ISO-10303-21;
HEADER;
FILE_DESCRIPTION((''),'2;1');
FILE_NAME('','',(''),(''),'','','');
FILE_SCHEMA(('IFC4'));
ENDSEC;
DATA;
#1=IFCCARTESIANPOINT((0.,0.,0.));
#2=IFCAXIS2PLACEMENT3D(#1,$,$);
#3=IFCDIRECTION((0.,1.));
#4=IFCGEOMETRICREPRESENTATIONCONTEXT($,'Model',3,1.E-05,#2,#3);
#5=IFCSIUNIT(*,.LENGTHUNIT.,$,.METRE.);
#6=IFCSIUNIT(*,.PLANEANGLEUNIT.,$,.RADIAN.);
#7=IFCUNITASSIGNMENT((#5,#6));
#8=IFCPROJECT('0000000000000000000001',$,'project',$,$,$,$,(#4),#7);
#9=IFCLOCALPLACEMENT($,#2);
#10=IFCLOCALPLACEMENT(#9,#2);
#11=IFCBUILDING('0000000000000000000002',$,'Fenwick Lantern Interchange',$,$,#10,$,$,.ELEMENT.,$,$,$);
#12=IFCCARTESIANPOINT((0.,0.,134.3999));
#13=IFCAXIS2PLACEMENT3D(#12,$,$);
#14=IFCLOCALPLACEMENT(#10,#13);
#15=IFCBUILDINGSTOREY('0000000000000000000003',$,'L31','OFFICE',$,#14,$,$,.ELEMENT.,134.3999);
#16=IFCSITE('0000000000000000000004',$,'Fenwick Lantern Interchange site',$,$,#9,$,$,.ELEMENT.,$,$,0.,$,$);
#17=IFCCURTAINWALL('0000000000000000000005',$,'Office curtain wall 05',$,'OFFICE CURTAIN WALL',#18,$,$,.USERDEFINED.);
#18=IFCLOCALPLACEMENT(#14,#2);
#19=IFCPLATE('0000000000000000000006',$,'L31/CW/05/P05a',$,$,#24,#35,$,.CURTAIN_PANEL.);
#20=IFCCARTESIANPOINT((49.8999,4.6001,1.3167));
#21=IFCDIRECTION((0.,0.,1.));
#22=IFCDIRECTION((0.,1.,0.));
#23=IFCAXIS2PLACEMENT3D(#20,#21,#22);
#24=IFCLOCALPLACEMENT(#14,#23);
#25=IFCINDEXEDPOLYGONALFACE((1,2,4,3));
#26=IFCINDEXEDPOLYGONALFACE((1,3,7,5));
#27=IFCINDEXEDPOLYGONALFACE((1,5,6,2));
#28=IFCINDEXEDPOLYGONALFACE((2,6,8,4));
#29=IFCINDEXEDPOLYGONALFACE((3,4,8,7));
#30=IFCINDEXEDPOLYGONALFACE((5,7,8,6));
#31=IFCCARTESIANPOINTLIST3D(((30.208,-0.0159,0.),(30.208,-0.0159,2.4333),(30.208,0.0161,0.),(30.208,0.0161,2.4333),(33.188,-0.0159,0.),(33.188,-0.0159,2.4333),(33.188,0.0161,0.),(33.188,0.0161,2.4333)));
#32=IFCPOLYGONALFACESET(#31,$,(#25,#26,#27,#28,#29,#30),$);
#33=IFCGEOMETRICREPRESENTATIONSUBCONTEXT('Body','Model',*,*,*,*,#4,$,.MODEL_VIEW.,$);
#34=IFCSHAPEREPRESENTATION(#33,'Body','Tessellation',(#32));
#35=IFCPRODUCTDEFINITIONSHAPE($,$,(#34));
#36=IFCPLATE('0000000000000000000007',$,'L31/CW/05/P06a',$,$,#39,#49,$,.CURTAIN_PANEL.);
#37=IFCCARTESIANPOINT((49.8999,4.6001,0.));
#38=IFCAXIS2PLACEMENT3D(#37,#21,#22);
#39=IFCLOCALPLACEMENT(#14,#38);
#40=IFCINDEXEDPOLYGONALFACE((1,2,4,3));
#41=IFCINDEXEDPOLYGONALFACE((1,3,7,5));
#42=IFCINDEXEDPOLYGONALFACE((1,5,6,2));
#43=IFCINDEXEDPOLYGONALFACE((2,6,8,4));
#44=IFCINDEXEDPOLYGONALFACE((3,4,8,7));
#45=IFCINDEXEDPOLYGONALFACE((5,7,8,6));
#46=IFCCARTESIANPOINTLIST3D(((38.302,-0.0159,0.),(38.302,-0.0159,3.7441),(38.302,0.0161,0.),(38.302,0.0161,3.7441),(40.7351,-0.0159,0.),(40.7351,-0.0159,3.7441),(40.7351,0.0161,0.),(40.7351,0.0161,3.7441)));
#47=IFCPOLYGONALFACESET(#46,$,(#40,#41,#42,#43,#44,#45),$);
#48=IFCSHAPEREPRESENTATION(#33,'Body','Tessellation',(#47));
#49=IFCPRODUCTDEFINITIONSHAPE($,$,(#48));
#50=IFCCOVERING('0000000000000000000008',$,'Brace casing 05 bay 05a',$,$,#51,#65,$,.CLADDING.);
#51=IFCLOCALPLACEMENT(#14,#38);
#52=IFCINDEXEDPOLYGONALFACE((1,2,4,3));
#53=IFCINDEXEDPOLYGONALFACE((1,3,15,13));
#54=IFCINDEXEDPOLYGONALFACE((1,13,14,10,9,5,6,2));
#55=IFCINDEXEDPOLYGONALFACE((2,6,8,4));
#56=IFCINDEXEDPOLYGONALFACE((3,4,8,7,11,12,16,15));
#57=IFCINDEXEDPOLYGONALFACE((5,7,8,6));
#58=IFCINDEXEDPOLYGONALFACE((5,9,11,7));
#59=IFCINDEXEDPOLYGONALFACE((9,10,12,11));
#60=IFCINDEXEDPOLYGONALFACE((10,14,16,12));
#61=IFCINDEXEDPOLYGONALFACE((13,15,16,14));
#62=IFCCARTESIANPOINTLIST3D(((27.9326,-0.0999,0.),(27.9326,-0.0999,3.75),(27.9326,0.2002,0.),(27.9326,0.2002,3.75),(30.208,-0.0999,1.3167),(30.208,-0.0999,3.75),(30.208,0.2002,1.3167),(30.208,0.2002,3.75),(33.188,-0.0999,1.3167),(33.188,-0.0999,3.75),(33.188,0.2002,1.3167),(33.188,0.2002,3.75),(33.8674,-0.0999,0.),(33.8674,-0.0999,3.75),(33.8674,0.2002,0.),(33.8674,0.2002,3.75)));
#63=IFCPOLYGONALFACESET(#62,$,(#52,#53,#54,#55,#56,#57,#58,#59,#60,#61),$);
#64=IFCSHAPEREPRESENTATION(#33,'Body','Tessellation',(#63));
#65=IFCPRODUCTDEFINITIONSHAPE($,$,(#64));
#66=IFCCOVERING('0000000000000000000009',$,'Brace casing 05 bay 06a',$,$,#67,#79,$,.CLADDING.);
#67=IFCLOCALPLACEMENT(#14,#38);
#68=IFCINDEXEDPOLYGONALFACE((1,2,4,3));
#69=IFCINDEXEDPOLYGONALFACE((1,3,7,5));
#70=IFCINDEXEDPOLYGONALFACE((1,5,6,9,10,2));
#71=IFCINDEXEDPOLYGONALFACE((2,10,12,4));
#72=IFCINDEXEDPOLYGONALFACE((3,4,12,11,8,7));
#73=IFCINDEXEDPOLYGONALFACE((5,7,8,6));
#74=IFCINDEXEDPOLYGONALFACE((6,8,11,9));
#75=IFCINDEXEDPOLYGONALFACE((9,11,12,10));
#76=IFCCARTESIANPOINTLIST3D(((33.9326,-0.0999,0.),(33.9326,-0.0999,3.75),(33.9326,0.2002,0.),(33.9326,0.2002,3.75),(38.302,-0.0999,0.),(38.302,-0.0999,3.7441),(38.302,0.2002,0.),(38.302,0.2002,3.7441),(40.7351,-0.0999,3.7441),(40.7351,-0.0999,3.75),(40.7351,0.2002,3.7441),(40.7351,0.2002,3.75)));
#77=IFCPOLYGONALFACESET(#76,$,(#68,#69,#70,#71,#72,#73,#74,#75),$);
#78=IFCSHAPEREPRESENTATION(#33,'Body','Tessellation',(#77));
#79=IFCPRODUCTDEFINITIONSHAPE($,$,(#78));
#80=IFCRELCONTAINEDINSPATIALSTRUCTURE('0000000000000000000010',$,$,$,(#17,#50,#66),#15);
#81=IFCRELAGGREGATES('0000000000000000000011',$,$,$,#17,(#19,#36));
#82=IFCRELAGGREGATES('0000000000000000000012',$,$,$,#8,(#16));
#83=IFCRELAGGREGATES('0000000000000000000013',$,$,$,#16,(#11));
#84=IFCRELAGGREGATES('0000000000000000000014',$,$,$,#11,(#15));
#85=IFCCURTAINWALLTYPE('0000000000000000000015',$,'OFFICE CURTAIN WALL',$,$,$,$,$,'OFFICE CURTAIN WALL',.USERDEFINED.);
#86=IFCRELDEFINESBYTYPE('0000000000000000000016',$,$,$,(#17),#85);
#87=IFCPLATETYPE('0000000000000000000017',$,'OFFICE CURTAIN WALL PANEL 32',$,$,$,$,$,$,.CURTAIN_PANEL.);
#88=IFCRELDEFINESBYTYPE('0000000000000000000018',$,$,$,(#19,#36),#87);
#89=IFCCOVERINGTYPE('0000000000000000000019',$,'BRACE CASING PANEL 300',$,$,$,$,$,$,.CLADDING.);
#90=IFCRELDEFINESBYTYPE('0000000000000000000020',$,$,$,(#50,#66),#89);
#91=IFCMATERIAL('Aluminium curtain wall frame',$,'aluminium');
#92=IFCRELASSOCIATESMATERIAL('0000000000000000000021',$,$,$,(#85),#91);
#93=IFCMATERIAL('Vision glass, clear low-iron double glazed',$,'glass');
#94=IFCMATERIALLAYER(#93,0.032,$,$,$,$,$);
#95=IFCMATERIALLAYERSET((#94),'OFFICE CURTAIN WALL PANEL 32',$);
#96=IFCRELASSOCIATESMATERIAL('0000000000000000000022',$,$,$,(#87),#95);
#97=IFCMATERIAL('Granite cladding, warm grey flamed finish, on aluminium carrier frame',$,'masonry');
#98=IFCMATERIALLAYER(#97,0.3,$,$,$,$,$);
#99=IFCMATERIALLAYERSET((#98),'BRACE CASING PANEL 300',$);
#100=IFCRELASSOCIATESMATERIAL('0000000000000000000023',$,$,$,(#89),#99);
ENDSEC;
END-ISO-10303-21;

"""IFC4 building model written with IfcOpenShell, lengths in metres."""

from ifc_helpers import new_model, si_unit, direction, frame, origin, place, context, subcontext, project, spatial, polyline, outline, extrude, material, layer, layer_set, type_object, element, aggregate, save


model = new_model("IFC4")

# Units and contexts
model_context = context("Model", 3, precision=1e-05, world=origin(), true_north=direction((0.0, 1.0)))
body_context = subcontext(model_context, "Body", "Model", "MODEL_VIEW")
ifc_project = project(units=[si_unit("LENGTHUNIT", "METRE"), si_unit("PLANEANGLEUNIT", "RADIAN")], contexts=[model_context])

# Site, building, storey
site_placement = place(None, origin())
site = spatial("IfcSite", under=ifc_project, at=site_placement, Name="Fenwick Lantern Interchange site", CompositionType="ELEMENT", RefElevation=0.0)
building_placement = place(site_placement, origin())
building = spatial("IfcBuilding", under=site, at=building_placement, Name="Fenwick Lantern Interchange", CompositionType="ELEMENT")
storey_placement = place(building_placement, frame((0.0, 0.0, 134.3999)))
storey = spatial("IfcBuildingStorey", under=building, at=storey_placement, Name="L31", Description="OFFICE", CompositionType="ELEMENT", Elevation=134.3999)

# Curtain wall, plates
ifc_material_1 = material(Name="Aluminium curtain wall frame", Category="aluminium")
curtain_wall_type = type_object("IfcCurtainWallType", Name="OFFICE CURTAIN WALL", ElementType="OFFICE CURTAIN WALL", PredefinedType="USERDEFINED", material=ifc_material_1)
curtain_wall_placement = place(storey_placement, origin())
curtain_wall = element("IfcCurtainWall", 1, at=curtain_wall_placement, inside=storey, type_object=curtain_wall_type, Name="Office curtain wall 05", ObjectType="OFFICE CURTAIN WALL", PredefinedType="USERDEFINED")
ifc_material_2 = material(Name="Vision glass, clear low-iron double glazed", Category="glass")
ifc_layer_1 = layer(ifc_material_2, 0.032)
ifc_layer_set_1 = layer_set([ifc_layer_1], Name="OFFICE CURTAIN WALL PANEL 32")
plate_type = type_object("IfcPlateType", Name="OFFICE CURTAIN WALL PANEL 32", PredefinedType="CURTAIN_PANEL", material=ifc_layer_set_1)
plate_1_placement = place(storey_placement, frame((49.8999, 4.6001, 1.3167), z_axis=(0.0, 0.0, 1.0), x_axis=(0.0, 1.0, 0.0)))
plate_1 = element("IfcPlate", 2, at=plate_1_placement, type_object=plate_type, Name="L31/CW/05/P05a", PredefinedType="CURTAIN_PANEL", context=body_context, shape_type="SweptSolid", body=[
    extrude(outline(polyline([(30.208, 0.0), (33.188, 0.0), (33.188, 2.4333), (30.208, 2.4333), (30.208, 0.0)])), frame((0.0, 0.0161, 0.0), z_axis=(0.0, -1.0, 0.0), x_axis=(1.0, 0.0, 0.0)), (0.0, 0.0, 1.0), 0.032),
])
plate_2_placement = place(storey_placement, frame((49.8999, 4.6001, 0.0), z_axis=(0.0, 0.0, 1.0), x_axis=(0.0, 1.0, 0.0)))
plate_2 = element("IfcPlate", 3, at=plate_2_placement, type_object=plate_type, Name="L31/CW/05/P06a", PredefinedType="CURTAIN_PANEL", context=body_context, shape_type="SweptSolid", body=[
    extrude(outline(polyline([(38.302, 0.0), (40.7351, 0.0), (40.7351, 3.7441), (38.302, 3.7441), (38.302, 0.0)])), frame((0.0, 0.0161, 0.0), z_axis=(0.0, -1.0, 0.0), x_axis=(1.0, 0.0, 0.0)), (0.0, 0.0, 1.0), 0.032),
])
aggregate(curtain_wall, [plate_1, plate_2])

# Coverings
ifc_material_3 = material(Name="Granite cladding, warm grey flamed finish, on aluminium carrier frame", Category="masonry")
ifc_layer_2 = layer(ifc_material_3, 0.3)
ifc_layer_set_2 = layer_set([ifc_layer_2], Name="BRACE CASING PANEL 300")
covering_type = type_object("IfcCoveringType", Name="BRACE CASING PANEL 300", PredefinedType="CLADDING", material=ifc_layer_set_2)
covering_1_placement = place(storey_placement, frame((49.8999, 4.6001, 0.0), z_axis=(0.0, 0.0, 1.0), x_axis=(0.0, 1.0, 0.0)))
element("IfcCovering", 4, at=covering_1_placement, inside=storey, type_object=covering_type, Name="Brace casing 05 bay 05a", PredefinedType="CLADDING", context=body_context, shape_type="SweptSolid", body=[
    extrude(outline(polyline([(27.9326, 0.0), (33.8674, 0.0), (33.8674, 3.75), (33.188, 3.75), (33.188, 1.3167), (30.208, 1.3167), (30.208, 3.75), (27.9326, 3.75), (27.9326, 0.0)])), frame((0.0, 0.2002, 0.0), z_axis=(0.0, -1.0, 0.0), x_axis=(1.0, 0.0, 0.0)), (0.0, 0.0, 1.0), 0.3),
])
covering_2_placement = place(storey_placement, frame((49.8999, 4.6001, 0.0), z_axis=(0.0, 0.0, 1.0), x_axis=(0.0, 1.0, 0.0)))
element("IfcCovering", 5, at=covering_2_placement, inside=storey, type_object=covering_type, Name="Brace casing 05 bay 06a", PredefinedType="CLADDING", context=body_context, shape_type="SweptSolid", body=[
    extrude(outline(polyline([(33.9326, 0.0), (38.302, 0.0), (38.302, 3.7441), (40.7351, 3.7441), (40.7351, 3.75), (33.9326, 3.75), (33.9326, 0.0)])), frame((0.0, 0.2002, 0.0), z_axis=(0.0, -1.0, 0.0), x_axis=(1.0, 0.0, 0.0)), (0.0, 0.0, 1.0), 0.3),
])

save(model, "model.ifc")
